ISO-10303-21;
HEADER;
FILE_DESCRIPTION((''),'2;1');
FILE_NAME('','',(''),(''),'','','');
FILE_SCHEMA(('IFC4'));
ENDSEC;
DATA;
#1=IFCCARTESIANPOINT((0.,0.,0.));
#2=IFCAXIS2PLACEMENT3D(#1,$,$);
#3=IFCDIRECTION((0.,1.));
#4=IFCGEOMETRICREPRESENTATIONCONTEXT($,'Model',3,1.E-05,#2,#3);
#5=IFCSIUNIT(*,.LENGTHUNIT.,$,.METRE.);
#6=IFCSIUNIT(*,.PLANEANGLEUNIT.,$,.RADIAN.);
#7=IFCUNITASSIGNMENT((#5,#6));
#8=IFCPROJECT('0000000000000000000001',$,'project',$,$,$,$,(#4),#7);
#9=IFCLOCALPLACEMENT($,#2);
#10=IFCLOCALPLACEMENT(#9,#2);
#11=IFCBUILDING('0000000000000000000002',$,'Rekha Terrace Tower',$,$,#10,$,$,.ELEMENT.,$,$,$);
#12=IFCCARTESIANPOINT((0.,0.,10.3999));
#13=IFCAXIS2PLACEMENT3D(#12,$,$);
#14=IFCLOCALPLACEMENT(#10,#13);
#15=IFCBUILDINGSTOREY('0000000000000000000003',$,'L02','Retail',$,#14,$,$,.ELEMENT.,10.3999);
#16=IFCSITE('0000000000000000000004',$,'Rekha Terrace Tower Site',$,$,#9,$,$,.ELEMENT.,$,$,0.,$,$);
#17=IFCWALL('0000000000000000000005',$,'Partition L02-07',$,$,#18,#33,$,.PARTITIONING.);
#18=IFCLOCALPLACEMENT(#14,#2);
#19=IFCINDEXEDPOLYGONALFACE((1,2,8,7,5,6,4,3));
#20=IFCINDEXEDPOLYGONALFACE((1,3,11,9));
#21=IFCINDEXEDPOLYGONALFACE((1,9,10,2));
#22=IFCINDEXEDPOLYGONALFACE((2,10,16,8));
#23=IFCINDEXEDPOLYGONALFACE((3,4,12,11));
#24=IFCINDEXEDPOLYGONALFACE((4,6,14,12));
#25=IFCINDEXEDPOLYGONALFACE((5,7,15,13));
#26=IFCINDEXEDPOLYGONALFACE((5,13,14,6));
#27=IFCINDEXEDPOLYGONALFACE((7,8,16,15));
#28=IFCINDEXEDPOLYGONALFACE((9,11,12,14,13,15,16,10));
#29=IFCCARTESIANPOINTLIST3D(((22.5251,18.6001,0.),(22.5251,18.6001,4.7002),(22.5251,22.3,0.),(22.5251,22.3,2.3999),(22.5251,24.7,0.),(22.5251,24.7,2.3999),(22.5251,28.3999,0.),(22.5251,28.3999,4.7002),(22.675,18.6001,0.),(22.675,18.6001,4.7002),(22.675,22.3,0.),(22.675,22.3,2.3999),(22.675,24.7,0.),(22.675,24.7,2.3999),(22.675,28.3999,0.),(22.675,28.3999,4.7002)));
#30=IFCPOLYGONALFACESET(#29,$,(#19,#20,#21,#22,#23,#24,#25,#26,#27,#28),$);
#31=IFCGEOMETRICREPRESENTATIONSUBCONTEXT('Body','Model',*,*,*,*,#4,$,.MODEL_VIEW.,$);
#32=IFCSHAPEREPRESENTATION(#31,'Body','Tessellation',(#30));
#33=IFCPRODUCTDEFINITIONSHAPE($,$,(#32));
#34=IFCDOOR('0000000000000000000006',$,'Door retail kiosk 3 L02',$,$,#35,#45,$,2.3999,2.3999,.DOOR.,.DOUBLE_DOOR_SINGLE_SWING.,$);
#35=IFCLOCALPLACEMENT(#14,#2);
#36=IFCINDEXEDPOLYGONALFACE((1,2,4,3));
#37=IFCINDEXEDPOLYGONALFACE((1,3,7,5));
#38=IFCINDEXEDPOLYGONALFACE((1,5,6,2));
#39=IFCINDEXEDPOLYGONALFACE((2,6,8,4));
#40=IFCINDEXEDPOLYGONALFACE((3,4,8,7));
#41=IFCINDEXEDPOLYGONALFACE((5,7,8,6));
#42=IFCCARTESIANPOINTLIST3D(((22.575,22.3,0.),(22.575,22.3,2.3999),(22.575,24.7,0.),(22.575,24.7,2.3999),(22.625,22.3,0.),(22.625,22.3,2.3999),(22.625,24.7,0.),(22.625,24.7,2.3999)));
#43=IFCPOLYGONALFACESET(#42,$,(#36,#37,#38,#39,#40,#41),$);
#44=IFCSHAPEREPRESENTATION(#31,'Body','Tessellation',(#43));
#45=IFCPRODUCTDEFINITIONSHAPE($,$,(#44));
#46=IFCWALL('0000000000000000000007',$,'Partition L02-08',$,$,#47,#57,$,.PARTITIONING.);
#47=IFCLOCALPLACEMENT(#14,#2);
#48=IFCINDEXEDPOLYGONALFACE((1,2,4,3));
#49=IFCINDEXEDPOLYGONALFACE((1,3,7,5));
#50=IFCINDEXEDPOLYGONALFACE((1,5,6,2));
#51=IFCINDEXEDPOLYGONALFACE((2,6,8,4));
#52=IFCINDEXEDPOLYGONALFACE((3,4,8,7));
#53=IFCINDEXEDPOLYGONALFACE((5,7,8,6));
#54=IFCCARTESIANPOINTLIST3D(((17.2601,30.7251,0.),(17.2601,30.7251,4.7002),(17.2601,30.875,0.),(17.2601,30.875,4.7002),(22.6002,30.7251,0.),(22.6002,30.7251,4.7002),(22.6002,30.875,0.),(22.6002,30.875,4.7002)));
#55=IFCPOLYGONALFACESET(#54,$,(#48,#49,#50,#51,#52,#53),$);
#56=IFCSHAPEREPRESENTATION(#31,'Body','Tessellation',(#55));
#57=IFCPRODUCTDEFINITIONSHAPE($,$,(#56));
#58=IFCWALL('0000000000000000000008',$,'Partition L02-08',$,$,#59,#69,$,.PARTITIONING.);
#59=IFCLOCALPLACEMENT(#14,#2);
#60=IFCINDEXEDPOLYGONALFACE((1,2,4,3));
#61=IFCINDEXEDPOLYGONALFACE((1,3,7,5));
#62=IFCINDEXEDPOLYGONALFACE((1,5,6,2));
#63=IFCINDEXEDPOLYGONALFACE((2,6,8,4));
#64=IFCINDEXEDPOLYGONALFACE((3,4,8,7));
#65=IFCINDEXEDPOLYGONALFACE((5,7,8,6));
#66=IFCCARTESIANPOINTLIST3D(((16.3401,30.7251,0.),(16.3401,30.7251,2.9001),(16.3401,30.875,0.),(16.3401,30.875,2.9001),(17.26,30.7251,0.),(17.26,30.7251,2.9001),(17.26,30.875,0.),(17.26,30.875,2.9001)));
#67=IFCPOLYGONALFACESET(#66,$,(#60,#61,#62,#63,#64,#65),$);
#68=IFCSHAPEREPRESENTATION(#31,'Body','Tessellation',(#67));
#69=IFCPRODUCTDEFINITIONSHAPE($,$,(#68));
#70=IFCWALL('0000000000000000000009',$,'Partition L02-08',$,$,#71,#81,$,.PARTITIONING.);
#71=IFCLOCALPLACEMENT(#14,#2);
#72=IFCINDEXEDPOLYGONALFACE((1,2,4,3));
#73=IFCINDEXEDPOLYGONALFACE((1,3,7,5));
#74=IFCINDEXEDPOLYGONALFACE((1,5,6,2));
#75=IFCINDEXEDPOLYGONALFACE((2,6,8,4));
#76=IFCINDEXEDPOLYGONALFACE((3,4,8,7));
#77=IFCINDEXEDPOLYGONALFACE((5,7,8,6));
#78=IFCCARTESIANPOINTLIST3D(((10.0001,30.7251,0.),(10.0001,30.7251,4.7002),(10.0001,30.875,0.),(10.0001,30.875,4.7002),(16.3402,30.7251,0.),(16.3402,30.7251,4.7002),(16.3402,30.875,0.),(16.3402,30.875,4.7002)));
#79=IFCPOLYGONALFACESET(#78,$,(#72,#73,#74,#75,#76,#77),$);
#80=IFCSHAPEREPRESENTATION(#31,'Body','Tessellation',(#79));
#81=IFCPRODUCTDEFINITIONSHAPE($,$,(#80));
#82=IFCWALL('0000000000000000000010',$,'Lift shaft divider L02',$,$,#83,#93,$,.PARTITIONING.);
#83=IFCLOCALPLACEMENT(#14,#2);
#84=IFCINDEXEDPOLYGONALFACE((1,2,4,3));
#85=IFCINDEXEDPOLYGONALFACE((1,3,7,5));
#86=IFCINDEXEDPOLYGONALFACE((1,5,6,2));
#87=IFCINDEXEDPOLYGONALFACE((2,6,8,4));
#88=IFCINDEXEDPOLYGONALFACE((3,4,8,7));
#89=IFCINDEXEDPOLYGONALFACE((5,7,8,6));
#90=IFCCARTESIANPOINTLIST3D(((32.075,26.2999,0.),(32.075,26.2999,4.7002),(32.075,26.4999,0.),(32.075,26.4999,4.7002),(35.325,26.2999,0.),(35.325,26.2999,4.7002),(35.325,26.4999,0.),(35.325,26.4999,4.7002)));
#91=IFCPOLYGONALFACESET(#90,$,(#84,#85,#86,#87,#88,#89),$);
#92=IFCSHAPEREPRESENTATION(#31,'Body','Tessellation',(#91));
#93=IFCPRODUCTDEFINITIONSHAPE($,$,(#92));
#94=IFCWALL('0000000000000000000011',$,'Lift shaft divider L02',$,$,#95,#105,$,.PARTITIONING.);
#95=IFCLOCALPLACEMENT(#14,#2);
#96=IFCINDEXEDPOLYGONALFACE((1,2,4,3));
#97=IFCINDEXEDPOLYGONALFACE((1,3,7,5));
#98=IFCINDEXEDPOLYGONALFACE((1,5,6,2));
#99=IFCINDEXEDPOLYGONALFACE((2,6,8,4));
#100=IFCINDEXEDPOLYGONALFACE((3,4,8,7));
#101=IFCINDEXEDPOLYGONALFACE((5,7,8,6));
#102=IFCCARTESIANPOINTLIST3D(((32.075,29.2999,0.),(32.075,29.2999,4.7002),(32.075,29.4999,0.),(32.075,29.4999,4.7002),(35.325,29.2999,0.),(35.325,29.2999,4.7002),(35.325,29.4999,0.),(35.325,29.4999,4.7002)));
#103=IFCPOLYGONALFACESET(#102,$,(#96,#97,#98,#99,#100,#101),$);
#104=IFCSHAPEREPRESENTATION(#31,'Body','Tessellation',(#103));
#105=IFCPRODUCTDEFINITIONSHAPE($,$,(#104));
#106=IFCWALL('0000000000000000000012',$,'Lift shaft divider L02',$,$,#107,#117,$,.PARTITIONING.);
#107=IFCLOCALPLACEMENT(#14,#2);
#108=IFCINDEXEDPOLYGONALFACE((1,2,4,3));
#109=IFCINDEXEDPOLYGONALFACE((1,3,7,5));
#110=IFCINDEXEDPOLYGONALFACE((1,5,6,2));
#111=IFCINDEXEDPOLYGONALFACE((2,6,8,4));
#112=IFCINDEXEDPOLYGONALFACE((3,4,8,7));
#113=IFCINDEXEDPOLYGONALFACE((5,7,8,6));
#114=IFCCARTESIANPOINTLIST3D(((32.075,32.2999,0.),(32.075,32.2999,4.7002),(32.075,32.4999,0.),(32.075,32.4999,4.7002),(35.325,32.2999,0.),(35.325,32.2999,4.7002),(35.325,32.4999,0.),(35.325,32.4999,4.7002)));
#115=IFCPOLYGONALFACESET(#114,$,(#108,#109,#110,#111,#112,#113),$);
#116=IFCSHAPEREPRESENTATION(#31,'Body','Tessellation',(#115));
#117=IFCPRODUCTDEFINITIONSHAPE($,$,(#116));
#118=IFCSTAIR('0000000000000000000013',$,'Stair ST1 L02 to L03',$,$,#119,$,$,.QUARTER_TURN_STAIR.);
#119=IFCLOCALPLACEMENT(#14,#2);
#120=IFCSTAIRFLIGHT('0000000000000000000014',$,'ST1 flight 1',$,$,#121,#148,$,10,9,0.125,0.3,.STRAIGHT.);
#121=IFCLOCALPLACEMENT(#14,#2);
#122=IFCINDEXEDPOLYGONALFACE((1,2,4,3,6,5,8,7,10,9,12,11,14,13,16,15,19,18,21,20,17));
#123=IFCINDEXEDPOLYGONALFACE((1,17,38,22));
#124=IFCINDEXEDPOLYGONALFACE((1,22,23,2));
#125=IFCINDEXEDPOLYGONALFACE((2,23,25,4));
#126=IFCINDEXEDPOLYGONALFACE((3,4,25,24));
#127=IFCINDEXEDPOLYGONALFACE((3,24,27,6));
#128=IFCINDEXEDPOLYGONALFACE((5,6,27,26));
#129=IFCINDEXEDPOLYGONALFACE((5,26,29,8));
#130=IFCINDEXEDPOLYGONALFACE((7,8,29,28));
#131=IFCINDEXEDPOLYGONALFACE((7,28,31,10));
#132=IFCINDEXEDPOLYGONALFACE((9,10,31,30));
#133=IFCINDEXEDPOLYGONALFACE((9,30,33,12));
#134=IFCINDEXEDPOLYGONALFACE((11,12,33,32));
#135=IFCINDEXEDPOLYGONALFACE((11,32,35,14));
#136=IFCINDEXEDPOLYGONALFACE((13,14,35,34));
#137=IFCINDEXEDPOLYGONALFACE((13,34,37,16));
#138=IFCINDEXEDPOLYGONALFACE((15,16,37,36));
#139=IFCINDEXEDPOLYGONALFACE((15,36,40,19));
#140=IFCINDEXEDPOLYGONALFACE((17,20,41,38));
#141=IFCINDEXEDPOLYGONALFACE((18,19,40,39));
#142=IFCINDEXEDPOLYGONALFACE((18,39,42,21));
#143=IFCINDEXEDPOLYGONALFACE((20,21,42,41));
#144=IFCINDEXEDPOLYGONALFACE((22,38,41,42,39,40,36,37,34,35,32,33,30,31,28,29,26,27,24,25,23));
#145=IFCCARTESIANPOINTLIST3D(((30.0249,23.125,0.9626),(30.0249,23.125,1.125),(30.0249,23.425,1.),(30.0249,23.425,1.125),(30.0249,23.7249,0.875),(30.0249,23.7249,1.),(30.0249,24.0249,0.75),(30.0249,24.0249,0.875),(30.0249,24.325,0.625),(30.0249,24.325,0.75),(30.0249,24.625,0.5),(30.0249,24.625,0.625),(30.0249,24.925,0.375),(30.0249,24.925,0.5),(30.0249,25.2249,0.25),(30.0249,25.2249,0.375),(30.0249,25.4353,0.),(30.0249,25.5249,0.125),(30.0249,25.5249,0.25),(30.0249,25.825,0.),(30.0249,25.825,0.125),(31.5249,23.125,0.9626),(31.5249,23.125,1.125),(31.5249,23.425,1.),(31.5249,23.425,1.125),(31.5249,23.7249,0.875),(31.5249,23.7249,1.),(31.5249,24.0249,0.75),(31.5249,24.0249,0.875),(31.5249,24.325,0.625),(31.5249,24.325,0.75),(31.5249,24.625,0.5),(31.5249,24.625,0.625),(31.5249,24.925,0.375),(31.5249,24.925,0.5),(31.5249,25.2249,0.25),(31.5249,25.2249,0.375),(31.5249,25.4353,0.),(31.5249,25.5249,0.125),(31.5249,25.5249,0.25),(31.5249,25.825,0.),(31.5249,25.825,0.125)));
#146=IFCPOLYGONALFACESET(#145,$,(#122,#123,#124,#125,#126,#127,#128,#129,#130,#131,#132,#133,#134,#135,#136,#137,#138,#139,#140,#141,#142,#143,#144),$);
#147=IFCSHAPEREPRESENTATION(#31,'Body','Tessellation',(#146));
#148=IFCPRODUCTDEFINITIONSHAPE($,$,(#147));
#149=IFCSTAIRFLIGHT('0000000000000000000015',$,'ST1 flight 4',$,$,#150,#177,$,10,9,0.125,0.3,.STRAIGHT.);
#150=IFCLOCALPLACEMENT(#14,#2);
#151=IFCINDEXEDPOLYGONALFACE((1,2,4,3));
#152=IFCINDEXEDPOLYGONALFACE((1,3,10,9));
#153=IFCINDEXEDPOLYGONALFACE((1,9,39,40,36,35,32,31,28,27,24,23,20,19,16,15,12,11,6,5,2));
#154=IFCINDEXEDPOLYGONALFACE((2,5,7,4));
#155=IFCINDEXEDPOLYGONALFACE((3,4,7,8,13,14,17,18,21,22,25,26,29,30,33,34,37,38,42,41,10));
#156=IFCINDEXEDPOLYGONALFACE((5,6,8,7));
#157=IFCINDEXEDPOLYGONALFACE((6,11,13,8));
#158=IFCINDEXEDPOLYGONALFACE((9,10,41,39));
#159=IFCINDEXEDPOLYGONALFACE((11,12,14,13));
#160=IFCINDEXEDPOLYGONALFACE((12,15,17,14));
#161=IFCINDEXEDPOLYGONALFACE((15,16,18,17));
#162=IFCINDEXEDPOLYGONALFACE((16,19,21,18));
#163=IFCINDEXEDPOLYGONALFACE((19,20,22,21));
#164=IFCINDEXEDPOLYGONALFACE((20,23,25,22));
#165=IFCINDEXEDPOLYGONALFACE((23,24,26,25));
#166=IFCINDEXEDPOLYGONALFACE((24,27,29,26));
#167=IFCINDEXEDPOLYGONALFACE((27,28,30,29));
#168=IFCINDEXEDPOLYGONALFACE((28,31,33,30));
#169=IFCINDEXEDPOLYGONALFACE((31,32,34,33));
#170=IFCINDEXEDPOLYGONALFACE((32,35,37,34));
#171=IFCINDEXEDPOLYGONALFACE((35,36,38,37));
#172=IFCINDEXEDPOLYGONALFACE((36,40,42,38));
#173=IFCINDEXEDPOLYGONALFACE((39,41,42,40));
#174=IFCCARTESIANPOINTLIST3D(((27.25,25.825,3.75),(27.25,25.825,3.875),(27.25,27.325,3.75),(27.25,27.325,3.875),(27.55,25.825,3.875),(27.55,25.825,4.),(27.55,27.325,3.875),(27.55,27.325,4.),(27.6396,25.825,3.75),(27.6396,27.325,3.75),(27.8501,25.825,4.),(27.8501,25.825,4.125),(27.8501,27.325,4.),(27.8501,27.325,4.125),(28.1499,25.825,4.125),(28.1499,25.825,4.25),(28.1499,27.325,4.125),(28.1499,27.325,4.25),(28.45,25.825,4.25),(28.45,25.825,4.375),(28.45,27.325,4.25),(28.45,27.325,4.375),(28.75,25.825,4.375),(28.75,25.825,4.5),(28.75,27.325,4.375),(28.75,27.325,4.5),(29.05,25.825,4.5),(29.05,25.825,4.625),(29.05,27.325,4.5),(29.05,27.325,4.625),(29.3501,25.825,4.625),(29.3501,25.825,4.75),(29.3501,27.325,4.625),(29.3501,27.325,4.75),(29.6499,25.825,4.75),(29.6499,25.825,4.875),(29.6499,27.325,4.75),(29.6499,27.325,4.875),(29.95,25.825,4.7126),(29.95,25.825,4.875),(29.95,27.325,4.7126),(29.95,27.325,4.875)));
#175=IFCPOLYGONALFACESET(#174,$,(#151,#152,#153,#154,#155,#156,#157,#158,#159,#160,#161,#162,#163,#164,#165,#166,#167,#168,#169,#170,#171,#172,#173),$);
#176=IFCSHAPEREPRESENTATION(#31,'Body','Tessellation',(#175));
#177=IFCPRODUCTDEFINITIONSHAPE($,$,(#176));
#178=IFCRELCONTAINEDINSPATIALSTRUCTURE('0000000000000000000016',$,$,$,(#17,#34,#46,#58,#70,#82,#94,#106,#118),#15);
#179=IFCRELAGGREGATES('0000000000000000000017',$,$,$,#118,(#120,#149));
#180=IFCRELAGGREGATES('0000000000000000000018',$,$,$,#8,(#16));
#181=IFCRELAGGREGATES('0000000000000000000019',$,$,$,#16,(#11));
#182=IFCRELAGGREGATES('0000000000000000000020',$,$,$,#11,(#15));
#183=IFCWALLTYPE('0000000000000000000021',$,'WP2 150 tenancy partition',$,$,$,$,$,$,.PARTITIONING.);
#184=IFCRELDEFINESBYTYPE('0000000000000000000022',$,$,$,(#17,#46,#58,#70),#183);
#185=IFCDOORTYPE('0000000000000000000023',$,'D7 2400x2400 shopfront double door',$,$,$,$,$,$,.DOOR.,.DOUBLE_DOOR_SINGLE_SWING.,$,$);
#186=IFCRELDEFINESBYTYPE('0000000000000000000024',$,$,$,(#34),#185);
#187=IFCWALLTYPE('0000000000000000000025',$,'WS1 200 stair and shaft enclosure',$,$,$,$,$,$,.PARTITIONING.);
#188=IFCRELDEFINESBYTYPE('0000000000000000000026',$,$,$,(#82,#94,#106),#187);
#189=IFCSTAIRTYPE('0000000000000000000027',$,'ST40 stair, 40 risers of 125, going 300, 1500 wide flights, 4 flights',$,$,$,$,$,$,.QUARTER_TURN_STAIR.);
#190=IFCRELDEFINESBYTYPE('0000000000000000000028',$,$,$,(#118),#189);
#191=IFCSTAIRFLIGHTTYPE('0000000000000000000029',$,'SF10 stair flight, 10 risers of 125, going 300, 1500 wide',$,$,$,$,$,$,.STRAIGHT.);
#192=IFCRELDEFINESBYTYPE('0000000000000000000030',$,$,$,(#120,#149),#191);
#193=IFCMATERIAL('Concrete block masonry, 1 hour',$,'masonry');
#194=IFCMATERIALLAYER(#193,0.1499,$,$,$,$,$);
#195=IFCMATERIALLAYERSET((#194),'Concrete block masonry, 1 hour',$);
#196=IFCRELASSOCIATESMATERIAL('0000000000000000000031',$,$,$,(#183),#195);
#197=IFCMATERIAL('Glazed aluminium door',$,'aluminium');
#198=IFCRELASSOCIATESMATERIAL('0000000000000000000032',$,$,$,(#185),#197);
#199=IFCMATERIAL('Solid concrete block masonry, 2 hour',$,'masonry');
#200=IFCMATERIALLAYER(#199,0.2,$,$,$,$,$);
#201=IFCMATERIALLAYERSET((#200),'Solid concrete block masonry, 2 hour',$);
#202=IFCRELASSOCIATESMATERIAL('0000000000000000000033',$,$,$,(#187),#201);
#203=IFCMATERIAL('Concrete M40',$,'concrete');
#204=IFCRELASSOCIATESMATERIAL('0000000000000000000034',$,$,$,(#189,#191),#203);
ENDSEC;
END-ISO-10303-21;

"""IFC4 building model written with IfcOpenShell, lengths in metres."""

from ifc_helpers import new_model, si_unit, direction, frame, frame_2d, origin, place, context, subcontext, project, spatial, polyline, rectangle, outline, extrude, material, layer, layer_set, type_object, element, fill, aggregate, save


model = new_model("IFC4")

# Units and contexts
model_context = context("Model", 3, precision=1e-05, world=origin(), true_north=direction((0.0, 1.0)))
body_context = subcontext(model_context, "Body", "Model", "MODEL_VIEW")
ifc_project = project(units=[si_unit("LENGTHUNIT", "METRE"), si_unit("PLANEANGLEUNIT", "RADIAN")], contexts=[model_context])

# Site, building, storey
site_placement = place(None, origin())
site = spatial("IfcSite", under=ifc_project, at=site_placement, Name="Rekha Terrace Tower Site", CompositionType="ELEMENT", RefElevation=0.0)
building_placement = place(site_placement, origin())
building = spatial("IfcBuilding", under=site, at=building_placement, Name="Rekha Terrace Tower", CompositionType="ELEMENT")
storey_placement = place(building_placement, frame((0.0, 0.0, 10.3999)))
storey = spatial("IfcBuildingStorey", under=building, at=storey_placement, Name="L02", Description="Retail", CompositionType="ELEMENT", Elevation=10.3999)

# Shared definitions
ifc_material_1 = material(Name="Concrete block masonry, 1 hour", Category="masonry")
ifc_layer_1 = layer(ifc_material_1, 0.1499)
ifc_layer_set_1 = layer_set([ifc_layer_1], Name="Concrete block masonry, 1 hour")
wall_type_1 = type_object("IfcWallType", Name="WP2 150 tenancy partition", PredefinedType="PARTITIONING", material=ifc_layer_set_1)

# Wall, opening, door
wall_1_placement = place(storey_placement, frame((22.6001, 28.3999, 0.0), z_axis=(0.0, 0.0, 1.0), x_axis=(0.0, -1.0, 0.0)))
wall_1 = element("IfcWall", 1, at=wall_1_placement, inside=storey, type_object=wall_type_1, Name="Partition L02-07", PredefinedType="PARTITIONING", context=body_context, shape_type="SweptSolid", body=[
    extrude(rectangle(XDim=9.7998, YDim=0.1499, at=frame_2d((4.8999, 0.0))), origin(), (0.0, 0.0, 1.0), 4.7002),
])
opening_1_placement = place(wall_1_placement, frame((3.7, 0.0, 0.0)))
opening_1 = element("IfcOpeningElement", 2, at=opening_1_placement, cuts=wall_1, PredefinedType="OPENING", context=body_context, shape_type="SweptSolid", body=[
    extrude(rectangle(XDim=2.3999, YDim=2.3999, at=frame_2d((1.2, 1.2))), frame((0.0, 0.085, 0.0), z_axis=(0.0, -1.0, 0.0), x_axis=(1.0, 0.0, 0.0)), (0.0, 0.0, 1.0), 0.1699),
])
ifc_material_2 = material(Name="Glazed aluminium door", Category="aluminium")
door_type_1 = type_object("IfcDoorType", Name="D7 2400x2400 shopfront double door", OperationType="DOUBLE_DOOR_SINGLE_SWING", PredefinedType="DOOR", material=ifc_material_2)
door_1_placement = place(opening_1_placement, origin())
door_1 = element("IfcDoor", 3, at=door_1_placement, inside=storey, type_object=door_type_1, Name="Door retail kiosk 3 L02", OperationType="DOUBLE_DOOR_SINGLE_SWING", OverallHeight=2.3999, OverallWidth=2.3999, PredefinedType="DOOR", context=body_context, shape_type="SweptSolid", body=[
    extrude(rectangle(XDim=2.3999, YDim=2.3999, at=frame_2d((1.2, 1.2))), frame((0.0, 0.0249, 0.0), z_axis=(0.0, -1.0, 0.0), x_axis=(1.0, 0.0, 0.0)), (0.0, 0.0, 1.0), 0.05),
])
fill(opening_1, door_1)

# Walls
wall_2_placement = place(storey_placement, frame((22.6001, 30.8, 0.0), z_axis=(0.0, 0.0, 1.0), x_axis=(-1.0, 0.0, 0.0)))
element("IfcWall", 4, at=wall_2_placement, inside=storey, type_object=wall_type_1, Name="Partition L02-08", PredefinedType="PARTITIONING", context=body_context, shape_type="SweptSolid", body=[
    extrude(rectangle(XDim=5.3401, YDim=0.1499, at=frame_2d((2.6699, 0.0))), origin(), (0.0, 0.0, 1.0), 4.7002),
])
wall_3_placement = place(storey_placement, frame((17.26, 30.8, 0.0), z_axis=(0.0, 0.0, 1.0), x_axis=(-1.0, 0.0, 0.0)))
element("IfcWall", 5, at=wall_3_placement, inside=storey, type_object=wall_type_1, Name="Partition L02-08", PredefinedType="PARTITIONING", context=body_context, shape_type="SweptSolid", body=[
    extrude(rectangle(XDim=0.9199, YDim=0.1499, at=frame_2d((0.46, 0.0))), origin(), (0.0, 0.0, 1.0), 2.9001),
])
wall_4_placement = place(storey_placement, frame((16.3401, 30.8, 0.0), z_axis=(0.0, 0.0, 1.0), x_axis=(-1.0, 0.0, 0.0)))
element("IfcWall", 6, at=wall_4_placement, inside=storey, type_object=wall_type_1, Name="Partition L02-08", PredefinedType="PARTITIONING", context=body_context, shape_type="SweptSolid", body=[
    extrude(rectangle(XDim=6.3401, YDim=0.1499, at=frame_2d((3.1699, 0.0))), origin(), (0.0, 0.0, 1.0), 4.7002),
])
ifc_material_3 = material(Name="Solid concrete block masonry, 2 hour", Category="masonry")
ifc_layer_2 = layer(ifc_material_3, 0.2)
ifc_layer_set_2 = layer_set([ifc_layer_2], Name="Solid concrete block masonry, 2 hour")
wall_type_2 = type_object("IfcWallType", Name="WS1 200 stair and shaft enclosure", PredefinedType="PARTITIONING", material=ifc_layer_set_2)
for number, where, z_axis, x_axis, name in (
    (7, (32.075, 26.3999, 0.0), (0.0, 0.0, 1.0), (1.0, 0.0, 0.0), "Lift shaft divider L02"),
    (8, (32.075, 29.3999, 0.0), (0.0, 0.0, 1.0), (1.0, 0.0, 0.0), "Lift shaft divider L02"),
    (9, (32.075, 32.3999, 0.0), (0.0, 0.0, 1.0), (1.0, 0.0, 0.0), "Lift shaft divider L02"),
):
    element("IfcWall", number, at=place(storey_placement, frame(where, z_axis=z_axis, x_axis=x_axis)), inside=storey, type_object=wall_type_2, Name=name, PredefinedType="PARTITIONING", context=body_context, shape_type="SweptSolid", body=[
        extrude(rectangle(XDim=3.25, YDim=0.2, at=frame_2d((1.625, 0.0))), origin(), (0.0, 0.0, 1.0), 4.7002),
    ])

# Stair, stair flights
ifc_material_4 = material(Name="Concrete M40", Category="concrete")
stair_type = type_object("IfcStairType", Name="ST40 stair, 40 risers of 125, going 300, 1500 wide flights, 4 flights", PredefinedType="QUARTER_TURN_STAIR", material=ifc_material_4)
stair_placement = place(storey_placement, origin())
stair = element("IfcStair", 10, at=stair_placement, inside=storey, type_object=stair_type, Name="Stair ST1 L02 to L03", PredefinedType="QUARTER_TURN_STAIR")
stair_flight_type = type_object("IfcStairFlightType", Name="SF10 stair flight, 10 risers of 125, going 300, 1500 wide", PredefinedType="STRAIGHT", material=ifc_material_4)
stair_flight_1_placement = place(storey_placement, frame((30.7749, 25.825, 0.0), z_axis=(0.0, 0.0, 1.0), x_axis=(0.0, -1.0, 0.0)))
stair_flight_1 = element("IfcStairFlight", 11, at=stair_flight_1_placement, type_object=stair_flight_type, Name="ST1 flight 1", NumberOfRisers=10, NumberOfTreads=9, PredefinedType="STRAIGHT", RiserHeight=0.125, TreadLength=0.3, context=body_context, shape_type="SweptSolid", body=[
    extrude(outline(polyline([(0.0, 0.0), (0.0, 0.125), (0.3, 0.125), (0.3, 0.25), (0.6001, 0.25), (0.6001, 0.375), (0.8999, 0.375), (0.8999, 0.5), (1.2, 0.5), (1.2, 0.625), (1.5, 0.625), (1.5, 0.75), (1.8, 0.75), (1.8, 0.875), (2.1001, 0.875), (2.1001, 1.0), (2.3999, 1.0), (2.3999, 1.125), (2.7, 1.125), (2.7, 1.25), (2.7, 0.9626), (0.3896, 0.0), (0.0, 0.0)])), frame((0.0, 0.75, 0.0), z_axis=(0.0, -1.0, 0.0), x_axis=(1.0, 0.0, 0.0)), (0.0, 0.0, 1.0), 1.5),
])
stair_flight_2_placement = place(storey_placement, frame((27.25, 26.575, 3.75), z_axis=(0.0, 0.0, 1.0), x_axis=(1.0, 0.0, 0.0)))
stair_flight_2 = element("IfcStairFlight", 12, at=stair_flight_2_placement, type_object=stair_flight_type, Name="ST1 flight 4", NumberOfRisers=10, NumberOfTreads=9, PredefinedType="STRAIGHT", RiserHeight=0.125, TreadLength=0.3, context=body_context, shape_type="SweptSolid", body=[
    extrude(outline(polyline([(0.0, 0.0), (0.0, 0.125), (0.3, 0.125), (0.3, 0.25), (0.6001, 0.25), (0.6001, 0.375), (0.8999, 0.375), (0.8999, 0.5), (1.2, 0.5), (1.2, 0.625), (1.5, 0.625), (1.5, 0.75), (1.8, 0.75), (1.8, 0.875), (2.1001, 0.875), (2.1001, 1.0), (2.3999, 1.0), (2.3999, 1.125), (2.7, 1.125), (2.7, 1.25), (2.7, 0.9626), (0.3896, 0.0), (0.0, 0.0)])), frame((0.0, 0.75, 0.0), z_axis=(0.0, -1.0, 0.0), x_axis=(1.0, 0.0, 0.0)), (0.0, 0.0, 1.0), 1.5),
])
aggregate(stair, [stair_flight_1, stair_flight_2])

save(model, "model.ifc")
